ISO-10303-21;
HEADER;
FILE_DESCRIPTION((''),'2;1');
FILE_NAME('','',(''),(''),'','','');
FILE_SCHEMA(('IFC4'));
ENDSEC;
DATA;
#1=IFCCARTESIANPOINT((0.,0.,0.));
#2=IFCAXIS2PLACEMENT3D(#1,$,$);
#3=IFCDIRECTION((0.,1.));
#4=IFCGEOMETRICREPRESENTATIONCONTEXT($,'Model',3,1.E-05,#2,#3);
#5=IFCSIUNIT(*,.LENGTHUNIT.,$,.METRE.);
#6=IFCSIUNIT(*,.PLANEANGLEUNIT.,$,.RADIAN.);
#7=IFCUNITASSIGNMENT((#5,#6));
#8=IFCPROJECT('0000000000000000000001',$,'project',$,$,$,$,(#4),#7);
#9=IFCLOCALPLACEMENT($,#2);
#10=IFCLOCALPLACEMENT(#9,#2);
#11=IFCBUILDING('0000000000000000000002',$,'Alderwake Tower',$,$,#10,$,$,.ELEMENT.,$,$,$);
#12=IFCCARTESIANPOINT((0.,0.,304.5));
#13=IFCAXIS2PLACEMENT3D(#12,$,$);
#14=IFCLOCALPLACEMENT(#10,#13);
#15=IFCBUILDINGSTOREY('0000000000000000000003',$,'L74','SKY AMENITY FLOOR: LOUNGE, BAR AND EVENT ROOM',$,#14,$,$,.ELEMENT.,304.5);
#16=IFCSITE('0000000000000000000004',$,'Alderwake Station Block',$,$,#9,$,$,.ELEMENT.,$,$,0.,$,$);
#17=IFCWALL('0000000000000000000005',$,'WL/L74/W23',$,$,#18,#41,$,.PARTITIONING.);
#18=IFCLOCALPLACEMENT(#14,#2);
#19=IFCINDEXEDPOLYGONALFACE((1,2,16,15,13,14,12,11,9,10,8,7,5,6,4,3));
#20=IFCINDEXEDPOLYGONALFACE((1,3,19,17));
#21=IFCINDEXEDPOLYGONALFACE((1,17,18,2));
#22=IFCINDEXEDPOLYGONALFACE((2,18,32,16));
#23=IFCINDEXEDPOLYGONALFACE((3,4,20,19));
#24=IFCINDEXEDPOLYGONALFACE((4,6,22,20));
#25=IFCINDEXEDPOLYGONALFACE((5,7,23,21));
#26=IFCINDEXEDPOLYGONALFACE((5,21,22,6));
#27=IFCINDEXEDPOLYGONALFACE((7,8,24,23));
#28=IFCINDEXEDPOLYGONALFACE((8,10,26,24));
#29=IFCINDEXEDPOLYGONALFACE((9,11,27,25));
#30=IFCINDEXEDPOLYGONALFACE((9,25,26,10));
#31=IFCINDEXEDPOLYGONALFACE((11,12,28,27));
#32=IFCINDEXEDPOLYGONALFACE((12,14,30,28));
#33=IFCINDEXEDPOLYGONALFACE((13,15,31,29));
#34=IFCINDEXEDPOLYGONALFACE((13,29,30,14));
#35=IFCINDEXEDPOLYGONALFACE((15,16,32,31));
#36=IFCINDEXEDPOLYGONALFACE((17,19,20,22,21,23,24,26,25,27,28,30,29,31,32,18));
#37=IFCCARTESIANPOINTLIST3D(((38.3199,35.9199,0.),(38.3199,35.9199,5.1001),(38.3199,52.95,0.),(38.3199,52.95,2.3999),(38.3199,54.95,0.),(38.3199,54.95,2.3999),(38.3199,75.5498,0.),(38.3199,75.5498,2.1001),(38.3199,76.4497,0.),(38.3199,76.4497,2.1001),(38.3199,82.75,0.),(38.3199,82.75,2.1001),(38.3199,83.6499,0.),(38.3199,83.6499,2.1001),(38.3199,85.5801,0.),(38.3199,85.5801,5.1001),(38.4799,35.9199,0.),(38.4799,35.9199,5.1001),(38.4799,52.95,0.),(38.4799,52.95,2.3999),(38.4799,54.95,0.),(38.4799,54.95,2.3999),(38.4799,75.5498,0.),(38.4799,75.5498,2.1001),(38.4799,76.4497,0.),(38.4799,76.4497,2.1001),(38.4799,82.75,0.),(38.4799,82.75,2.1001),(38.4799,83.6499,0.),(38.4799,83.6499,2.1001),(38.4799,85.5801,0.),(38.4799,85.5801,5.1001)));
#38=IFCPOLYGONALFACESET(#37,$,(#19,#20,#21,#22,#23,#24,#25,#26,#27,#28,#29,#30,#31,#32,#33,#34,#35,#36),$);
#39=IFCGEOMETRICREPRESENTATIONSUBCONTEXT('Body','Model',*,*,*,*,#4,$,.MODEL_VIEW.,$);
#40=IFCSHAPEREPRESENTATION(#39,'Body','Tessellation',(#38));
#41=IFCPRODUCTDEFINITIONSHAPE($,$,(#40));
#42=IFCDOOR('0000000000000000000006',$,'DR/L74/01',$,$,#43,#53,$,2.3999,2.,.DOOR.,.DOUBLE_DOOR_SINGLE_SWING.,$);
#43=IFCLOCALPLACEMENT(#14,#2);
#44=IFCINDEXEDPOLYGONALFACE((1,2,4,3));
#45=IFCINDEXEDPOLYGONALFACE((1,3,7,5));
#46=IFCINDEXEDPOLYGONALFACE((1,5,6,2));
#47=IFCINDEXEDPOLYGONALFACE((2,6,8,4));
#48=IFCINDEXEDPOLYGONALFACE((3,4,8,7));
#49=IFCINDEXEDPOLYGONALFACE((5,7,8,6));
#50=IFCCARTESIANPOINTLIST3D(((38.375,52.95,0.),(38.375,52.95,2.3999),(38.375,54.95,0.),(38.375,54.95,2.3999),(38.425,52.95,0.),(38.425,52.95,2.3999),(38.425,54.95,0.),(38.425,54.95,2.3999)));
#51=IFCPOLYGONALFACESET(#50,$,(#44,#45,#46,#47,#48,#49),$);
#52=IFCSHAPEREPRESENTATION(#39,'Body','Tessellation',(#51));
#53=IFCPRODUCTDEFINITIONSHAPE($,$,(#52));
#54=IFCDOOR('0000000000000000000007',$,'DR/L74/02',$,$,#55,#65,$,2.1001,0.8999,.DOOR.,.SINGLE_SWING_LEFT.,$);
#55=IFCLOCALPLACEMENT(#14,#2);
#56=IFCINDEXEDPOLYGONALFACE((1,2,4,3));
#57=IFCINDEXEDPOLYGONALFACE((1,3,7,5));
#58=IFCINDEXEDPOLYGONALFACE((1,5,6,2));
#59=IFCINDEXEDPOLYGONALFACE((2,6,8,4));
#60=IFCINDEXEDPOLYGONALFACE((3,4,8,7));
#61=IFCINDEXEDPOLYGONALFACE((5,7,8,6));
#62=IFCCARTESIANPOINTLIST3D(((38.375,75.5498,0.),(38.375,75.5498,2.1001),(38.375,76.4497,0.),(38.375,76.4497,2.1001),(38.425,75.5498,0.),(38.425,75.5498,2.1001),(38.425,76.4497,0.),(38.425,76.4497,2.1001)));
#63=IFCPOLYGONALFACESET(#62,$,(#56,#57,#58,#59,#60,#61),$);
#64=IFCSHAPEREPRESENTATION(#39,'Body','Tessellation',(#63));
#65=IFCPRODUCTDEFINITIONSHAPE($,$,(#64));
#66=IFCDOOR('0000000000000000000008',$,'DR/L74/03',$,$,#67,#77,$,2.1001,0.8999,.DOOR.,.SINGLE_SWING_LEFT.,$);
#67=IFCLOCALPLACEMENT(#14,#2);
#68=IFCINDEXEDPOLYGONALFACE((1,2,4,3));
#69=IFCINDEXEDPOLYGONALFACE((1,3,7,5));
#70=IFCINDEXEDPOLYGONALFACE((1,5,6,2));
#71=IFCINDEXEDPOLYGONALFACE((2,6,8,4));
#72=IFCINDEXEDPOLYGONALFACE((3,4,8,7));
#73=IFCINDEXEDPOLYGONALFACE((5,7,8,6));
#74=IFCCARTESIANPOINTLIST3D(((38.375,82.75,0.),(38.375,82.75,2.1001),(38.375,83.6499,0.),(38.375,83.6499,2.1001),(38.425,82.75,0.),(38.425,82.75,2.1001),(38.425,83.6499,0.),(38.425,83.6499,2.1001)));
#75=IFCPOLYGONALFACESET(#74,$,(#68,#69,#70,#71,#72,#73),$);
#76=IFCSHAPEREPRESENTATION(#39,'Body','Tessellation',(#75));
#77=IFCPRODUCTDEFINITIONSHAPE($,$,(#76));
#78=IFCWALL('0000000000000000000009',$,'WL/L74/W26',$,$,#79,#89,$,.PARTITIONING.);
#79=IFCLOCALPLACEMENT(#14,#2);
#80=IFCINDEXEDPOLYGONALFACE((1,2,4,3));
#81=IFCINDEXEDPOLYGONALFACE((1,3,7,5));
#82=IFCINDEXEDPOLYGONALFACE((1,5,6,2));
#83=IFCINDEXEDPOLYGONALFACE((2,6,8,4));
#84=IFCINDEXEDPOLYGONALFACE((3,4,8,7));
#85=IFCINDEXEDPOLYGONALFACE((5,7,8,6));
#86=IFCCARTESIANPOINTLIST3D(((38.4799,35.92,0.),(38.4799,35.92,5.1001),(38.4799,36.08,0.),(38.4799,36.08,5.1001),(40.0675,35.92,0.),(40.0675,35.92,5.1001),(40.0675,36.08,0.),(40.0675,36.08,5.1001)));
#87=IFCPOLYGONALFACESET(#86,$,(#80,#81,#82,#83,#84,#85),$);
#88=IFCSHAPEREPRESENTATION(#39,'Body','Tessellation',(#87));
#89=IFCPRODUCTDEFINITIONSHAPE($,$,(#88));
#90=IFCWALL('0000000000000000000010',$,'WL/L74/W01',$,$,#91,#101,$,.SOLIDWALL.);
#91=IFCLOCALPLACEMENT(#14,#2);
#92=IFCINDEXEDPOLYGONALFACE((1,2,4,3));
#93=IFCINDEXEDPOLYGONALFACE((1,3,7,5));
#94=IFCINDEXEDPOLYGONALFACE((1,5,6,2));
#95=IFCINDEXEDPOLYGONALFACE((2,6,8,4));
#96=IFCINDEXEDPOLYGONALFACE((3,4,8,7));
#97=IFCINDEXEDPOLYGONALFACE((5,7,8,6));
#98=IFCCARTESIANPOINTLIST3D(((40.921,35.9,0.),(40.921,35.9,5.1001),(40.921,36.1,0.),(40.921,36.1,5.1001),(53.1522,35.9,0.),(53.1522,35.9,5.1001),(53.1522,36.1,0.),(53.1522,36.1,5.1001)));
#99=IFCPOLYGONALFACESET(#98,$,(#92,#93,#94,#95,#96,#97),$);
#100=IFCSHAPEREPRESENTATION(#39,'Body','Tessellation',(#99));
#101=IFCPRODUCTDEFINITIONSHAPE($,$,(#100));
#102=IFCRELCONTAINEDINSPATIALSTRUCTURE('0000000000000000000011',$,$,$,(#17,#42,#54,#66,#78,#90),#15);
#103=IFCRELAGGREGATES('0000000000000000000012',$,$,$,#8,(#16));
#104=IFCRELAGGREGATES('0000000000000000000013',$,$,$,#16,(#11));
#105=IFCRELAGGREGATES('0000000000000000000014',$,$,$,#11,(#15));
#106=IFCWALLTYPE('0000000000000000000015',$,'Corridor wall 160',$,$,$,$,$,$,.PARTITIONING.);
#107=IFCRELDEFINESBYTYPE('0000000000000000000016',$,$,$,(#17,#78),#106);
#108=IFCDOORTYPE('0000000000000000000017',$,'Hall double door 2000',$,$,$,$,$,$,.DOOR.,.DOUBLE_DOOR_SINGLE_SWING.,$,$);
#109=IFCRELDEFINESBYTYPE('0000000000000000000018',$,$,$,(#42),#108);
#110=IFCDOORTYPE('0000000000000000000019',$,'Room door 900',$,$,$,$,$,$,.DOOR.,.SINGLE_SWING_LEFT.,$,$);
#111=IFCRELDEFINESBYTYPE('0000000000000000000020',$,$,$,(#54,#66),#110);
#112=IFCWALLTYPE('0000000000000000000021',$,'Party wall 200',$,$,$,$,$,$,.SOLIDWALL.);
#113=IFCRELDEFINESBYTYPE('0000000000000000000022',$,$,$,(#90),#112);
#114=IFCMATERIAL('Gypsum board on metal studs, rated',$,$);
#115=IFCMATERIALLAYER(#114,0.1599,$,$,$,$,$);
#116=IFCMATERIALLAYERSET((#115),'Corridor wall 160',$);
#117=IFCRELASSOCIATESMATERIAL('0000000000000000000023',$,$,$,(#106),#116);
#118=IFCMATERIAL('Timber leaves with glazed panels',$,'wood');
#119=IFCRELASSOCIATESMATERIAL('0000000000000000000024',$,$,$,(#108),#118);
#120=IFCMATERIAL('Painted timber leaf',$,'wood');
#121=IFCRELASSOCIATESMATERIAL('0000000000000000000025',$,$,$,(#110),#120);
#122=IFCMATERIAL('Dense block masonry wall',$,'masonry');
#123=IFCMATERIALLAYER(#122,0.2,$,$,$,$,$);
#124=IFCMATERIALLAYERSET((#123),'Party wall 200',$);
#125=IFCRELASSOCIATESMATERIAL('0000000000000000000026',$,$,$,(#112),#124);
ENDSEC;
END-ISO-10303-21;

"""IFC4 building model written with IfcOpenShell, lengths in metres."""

from ifc_helpers import new_model, si_unit, direction, frame, frame_2d, origin, place, context, subcontext, project, spatial, rectangle, extrude, material, layer, layer_set, type_object, element, fill, save


model = new_model("IFC4")

# Units and contexts
model_context = context("Model", 3, precision=1e-05, world=origin(), true_north=direction((0.0, 1.0)))
body_context = subcontext(model_context, "Body", "Model", "MODEL_VIEW")
ifc_project = project(units=[si_unit("LENGTHUNIT", "METRE"), si_unit("PLANEANGLEUNIT", "RADIAN")], contexts=[model_context])

# Site, building, storey
site_placement = place(None, origin())
site = spatial("IfcSite", under=ifc_project, at=site_placement, Name="Alderwake Station Block", CompositionType="ELEMENT", RefElevation=0.0)
building_placement = place(site_placement, origin())
building = spatial("IfcBuilding", under=site, at=building_placement, Name="Alderwake Tower", CompositionType="ELEMENT")
storey_placement = place(building_placement, frame((0.0, 0.0, 304.5)))
storey = spatial("IfcBuildingStorey", under=building, at=storey_placement, Name="L74", Description="SKY AMENITY FLOOR: LOUNGE, BAR AND EVENT ROOM", CompositionType="ELEMENT", Elevation=304.5)

# Wall, openings, doors
ifc_material_1 = material(Name="Gypsum board on metal studs, rated")
ifc_layer_1 = layer(ifc_material_1, 0.1599)
ifc_layer_set_1 = layer_set([ifc_layer_1], Name="Corridor wall 160")
wall_type_1 = type_object("IfcWallType", Name="Corridor wall 160", PredefinedType="PARTITIONING", material=ifc_layer_set_1)
wall_1_placement = place(storey_placement, frame((38.3999, 35.9199, 0.0), z_axis=(0.0, 0.0, 1.0), x_axis=(0.0, 1.0, 0.0)))
wall_1 = element("IfcWall", 1, at=wall_1_placement, inside=storey, type_object=wall_type_1, Name="WL/L74/W23", PredefinedType="PARTITIONING", context=body_context, shape_type="SweptSolid", body=[
    extrude(rectangle(XDim=49.6602, YDim=0.1599, at=frame_2d((24.8301, 0.0))), origin(), (0.0, 0.0, 1.0), 5.1001),
])
opening_1_placement = place(wall_1_placement, frame((17.03, 0.0, 0.0)))
opening_1 = element("IfcOpeningElement", 2, at=opening_1_placement, cuts=wall_1, PredefinedType="OPENING", context=body_context, shape_type="SweptSolid", body=[
    extrude(rectangle(XDim=2.0, YDim=2.3999, at=frame_2d((1.0, 1.2))), frame((0.0, 0.0898, 0.0), z_axis=(0.0, -1.0, 0.0), x_axis=(1.0, 0.0, 0.0)), (0.0, 0.0, 1.0), 0.1799),
])
opening_2_placement = place(wall_1_placement, frame((39.6299, 0.0, 0.0)))
opening_2 = element("IfcOpeningElement", 3, at=opening_2_placement, cuts=wall_1, PredefinedType="OPENING", context=body_context, shape_type="SweptSolid", body=[
    extrude(rectangle(XDim=0.8999, YDim=2.1001, at=frame_2d((0.45, 1.05))), frame((0.0, 0.0898, 0.0), z_axis=(0.0, -1.0, 0.0), x_axis=(1.0, 0.0, 0.0)), (0.0, 0.0, 1.0), 0.1799),
])
opening_3_placement = place(wall_1_placement, frame((46.8301, 0.0, 0.0)))
opening_3 = element("IfcOpeningElement", 4, at=opening_3_placement, cuts=wall_1, PredefinedType="OPENING", context=body_context, shape_type="SweptSolid", body=[
    extrude(rectangle(XDim=0.8999, YDim=2.1001, at=frame_2d((0.45, 1.05))), frame((0.0, 0.0898, 0.0), z_axis=(0.0, -1.0, 0.0), x_axis=(1.0, 0.0, 0.0)), (0.0, 0.0, 1.0), 0.1799),
])
ifc_material_2 = material(Name="Timber leaves with glazed panels", Category="wood")
door_type_1 = type_object("IfcDoorType", Name="Hall double door 2000", OperationType="DOUBLE_DOOR_SINGLE_SWING", PredefinedType="DOOR", material=ifc_material_2)
door_1_placement = place(opening_1_placement, origin())
door_1 = element("IfcDoor", 5, at=door_1_placement, inside=storey, type_object=door_type_1, Name="DR/L74/01", OperationType="DOUBLE_DOOR_SINGLE_SWING", OverallHeight=2.3999, OverallWidth=2.0, PredefinedType="DOOR", context=body_context, shape_type="SweptSolid", body=[
    extrude(rectangle(XDim=2.0, YDim=2.3999, at=frame_2d((1.0, 1.2))), frame((0.0, 0.0249, 0.0), z_axis=(0.0, -1.0, 0.0), x_axis=(1.0, 0.0, 0.0)), (0.0, 0.0, 1.0), 0.05),
])
fill(opening_1, door_1)
ifc_material_3 = material(Name="Painted timber leaf", Category="wood")
door_type_2 = type_object("IfcDoorType", Name="Room door 900", OperationType="SINGLE_SWING_LEFT", PredefinedType="DOOR", material=ifc_material_3)
door_2_placement = place(opening_2_placement, origin())
door_2 = element("IfcDoor", 6, at=door_2_placement, inside=storey, type_object=door_type_2, Name="DR/L74/02", OperationType="SINGLE_SWING_LEFT", OverallHeight=2.1001, OverallWidth=0.8999, PredefinedType="DOOR", context=body_context, shape_type="SweptSolid", body=[
    extrude(rectangle(XDim=0.8999, YDim=2.1001, at=frame_2d((0.45, 1.05))), frame((0.0, 0.0249, 0.0), z_axis=(0.0, -1.0, 0.0), x_axis=(1.0, 0.0, 0.0)), (0.0, 0.0, 1.0), 0.05),
])
fill(opening_2, door_2)
door_3_placement = place(opening_3_placement, origin())
door_3 = element("IfcDoor", 7, at=door_3_placement, inside=storey, type_object=door_type_2, Name="DR/L74/03", OperationType="SINGLE_SWING_LEFT", OverallHeight=2.1001, OverallWidth=0.8999, PredefinedType="DOOR", context=body_context, shape_type="SweptSolid", body=[
    extrude(rectangle(XDim=0.8999, YDim=2.1001, at=frame_2d((0.45, 1.05))), frame((0.0, 0.0249, 0.0), z_axis=(0.0, -1.0, 0.0), x_axis=(1.0, 0.0, 0.0)), (0.0, 0.0, 1.0), 0.05),
])
fill(opening_3, door_3)

# Walls
wall_2_placement = place(storey_placement, frame((40.0676, 36.0, 0.0), z_axis=(0.0, 0.0, 1.0), x_axis=(-1.0, 0.0, 0.0)))
element("IfcWall", 8, at=wall_2_placement, inside=storey, type_object=wall_type_1, Name="WL/L74/W26", PredefinedType="PARTITIONING", context=body_context, shape_type="SweptSolid", body=[
    extrude(rectangle(XDim=1.5876, YDim=0.1599, at=frame_2d((0.7939, 0.0))), origin(), (0.0, 0.0, 1.0), 5.1001),
])
ifc_material_4 = material(Name="Dense block masonry wall", Category="masonry")
ifc_layer_2 = layer(ifc_material_4, 0.2)
ifc_layer_set_2 = layer_set([ifc_layer_2], Name="Party wall 200")
wall_type_2 = type_object("IfcWallType", Name="Party wall 200", PredefinedType="SOLIDWALL", material=ifc_layer_set_2)
wall_3_placement = place(storey_placement, frame((40.9209, 36.0, 0.0), z_axis=(0.0, 0.0, 1.0), x_axis=(1.0, 0.0, 0.0)))
element("IfcWall", 9, at=wall_3_placement, inside=storey, type_object=wall_type_2, Name="WL/L74/W01", PredefinedType="SOLIDWALL", context=body_context, shape_type="SweptSolid", body=[
    extrude(rectangle(XDim=12.2312, YDim=0.2, at=frame_2d((6.1157, 0.0))), origin(), (0.0, 0.0, 1.0), 5.1001),
])

save(model, "model.ifc")
